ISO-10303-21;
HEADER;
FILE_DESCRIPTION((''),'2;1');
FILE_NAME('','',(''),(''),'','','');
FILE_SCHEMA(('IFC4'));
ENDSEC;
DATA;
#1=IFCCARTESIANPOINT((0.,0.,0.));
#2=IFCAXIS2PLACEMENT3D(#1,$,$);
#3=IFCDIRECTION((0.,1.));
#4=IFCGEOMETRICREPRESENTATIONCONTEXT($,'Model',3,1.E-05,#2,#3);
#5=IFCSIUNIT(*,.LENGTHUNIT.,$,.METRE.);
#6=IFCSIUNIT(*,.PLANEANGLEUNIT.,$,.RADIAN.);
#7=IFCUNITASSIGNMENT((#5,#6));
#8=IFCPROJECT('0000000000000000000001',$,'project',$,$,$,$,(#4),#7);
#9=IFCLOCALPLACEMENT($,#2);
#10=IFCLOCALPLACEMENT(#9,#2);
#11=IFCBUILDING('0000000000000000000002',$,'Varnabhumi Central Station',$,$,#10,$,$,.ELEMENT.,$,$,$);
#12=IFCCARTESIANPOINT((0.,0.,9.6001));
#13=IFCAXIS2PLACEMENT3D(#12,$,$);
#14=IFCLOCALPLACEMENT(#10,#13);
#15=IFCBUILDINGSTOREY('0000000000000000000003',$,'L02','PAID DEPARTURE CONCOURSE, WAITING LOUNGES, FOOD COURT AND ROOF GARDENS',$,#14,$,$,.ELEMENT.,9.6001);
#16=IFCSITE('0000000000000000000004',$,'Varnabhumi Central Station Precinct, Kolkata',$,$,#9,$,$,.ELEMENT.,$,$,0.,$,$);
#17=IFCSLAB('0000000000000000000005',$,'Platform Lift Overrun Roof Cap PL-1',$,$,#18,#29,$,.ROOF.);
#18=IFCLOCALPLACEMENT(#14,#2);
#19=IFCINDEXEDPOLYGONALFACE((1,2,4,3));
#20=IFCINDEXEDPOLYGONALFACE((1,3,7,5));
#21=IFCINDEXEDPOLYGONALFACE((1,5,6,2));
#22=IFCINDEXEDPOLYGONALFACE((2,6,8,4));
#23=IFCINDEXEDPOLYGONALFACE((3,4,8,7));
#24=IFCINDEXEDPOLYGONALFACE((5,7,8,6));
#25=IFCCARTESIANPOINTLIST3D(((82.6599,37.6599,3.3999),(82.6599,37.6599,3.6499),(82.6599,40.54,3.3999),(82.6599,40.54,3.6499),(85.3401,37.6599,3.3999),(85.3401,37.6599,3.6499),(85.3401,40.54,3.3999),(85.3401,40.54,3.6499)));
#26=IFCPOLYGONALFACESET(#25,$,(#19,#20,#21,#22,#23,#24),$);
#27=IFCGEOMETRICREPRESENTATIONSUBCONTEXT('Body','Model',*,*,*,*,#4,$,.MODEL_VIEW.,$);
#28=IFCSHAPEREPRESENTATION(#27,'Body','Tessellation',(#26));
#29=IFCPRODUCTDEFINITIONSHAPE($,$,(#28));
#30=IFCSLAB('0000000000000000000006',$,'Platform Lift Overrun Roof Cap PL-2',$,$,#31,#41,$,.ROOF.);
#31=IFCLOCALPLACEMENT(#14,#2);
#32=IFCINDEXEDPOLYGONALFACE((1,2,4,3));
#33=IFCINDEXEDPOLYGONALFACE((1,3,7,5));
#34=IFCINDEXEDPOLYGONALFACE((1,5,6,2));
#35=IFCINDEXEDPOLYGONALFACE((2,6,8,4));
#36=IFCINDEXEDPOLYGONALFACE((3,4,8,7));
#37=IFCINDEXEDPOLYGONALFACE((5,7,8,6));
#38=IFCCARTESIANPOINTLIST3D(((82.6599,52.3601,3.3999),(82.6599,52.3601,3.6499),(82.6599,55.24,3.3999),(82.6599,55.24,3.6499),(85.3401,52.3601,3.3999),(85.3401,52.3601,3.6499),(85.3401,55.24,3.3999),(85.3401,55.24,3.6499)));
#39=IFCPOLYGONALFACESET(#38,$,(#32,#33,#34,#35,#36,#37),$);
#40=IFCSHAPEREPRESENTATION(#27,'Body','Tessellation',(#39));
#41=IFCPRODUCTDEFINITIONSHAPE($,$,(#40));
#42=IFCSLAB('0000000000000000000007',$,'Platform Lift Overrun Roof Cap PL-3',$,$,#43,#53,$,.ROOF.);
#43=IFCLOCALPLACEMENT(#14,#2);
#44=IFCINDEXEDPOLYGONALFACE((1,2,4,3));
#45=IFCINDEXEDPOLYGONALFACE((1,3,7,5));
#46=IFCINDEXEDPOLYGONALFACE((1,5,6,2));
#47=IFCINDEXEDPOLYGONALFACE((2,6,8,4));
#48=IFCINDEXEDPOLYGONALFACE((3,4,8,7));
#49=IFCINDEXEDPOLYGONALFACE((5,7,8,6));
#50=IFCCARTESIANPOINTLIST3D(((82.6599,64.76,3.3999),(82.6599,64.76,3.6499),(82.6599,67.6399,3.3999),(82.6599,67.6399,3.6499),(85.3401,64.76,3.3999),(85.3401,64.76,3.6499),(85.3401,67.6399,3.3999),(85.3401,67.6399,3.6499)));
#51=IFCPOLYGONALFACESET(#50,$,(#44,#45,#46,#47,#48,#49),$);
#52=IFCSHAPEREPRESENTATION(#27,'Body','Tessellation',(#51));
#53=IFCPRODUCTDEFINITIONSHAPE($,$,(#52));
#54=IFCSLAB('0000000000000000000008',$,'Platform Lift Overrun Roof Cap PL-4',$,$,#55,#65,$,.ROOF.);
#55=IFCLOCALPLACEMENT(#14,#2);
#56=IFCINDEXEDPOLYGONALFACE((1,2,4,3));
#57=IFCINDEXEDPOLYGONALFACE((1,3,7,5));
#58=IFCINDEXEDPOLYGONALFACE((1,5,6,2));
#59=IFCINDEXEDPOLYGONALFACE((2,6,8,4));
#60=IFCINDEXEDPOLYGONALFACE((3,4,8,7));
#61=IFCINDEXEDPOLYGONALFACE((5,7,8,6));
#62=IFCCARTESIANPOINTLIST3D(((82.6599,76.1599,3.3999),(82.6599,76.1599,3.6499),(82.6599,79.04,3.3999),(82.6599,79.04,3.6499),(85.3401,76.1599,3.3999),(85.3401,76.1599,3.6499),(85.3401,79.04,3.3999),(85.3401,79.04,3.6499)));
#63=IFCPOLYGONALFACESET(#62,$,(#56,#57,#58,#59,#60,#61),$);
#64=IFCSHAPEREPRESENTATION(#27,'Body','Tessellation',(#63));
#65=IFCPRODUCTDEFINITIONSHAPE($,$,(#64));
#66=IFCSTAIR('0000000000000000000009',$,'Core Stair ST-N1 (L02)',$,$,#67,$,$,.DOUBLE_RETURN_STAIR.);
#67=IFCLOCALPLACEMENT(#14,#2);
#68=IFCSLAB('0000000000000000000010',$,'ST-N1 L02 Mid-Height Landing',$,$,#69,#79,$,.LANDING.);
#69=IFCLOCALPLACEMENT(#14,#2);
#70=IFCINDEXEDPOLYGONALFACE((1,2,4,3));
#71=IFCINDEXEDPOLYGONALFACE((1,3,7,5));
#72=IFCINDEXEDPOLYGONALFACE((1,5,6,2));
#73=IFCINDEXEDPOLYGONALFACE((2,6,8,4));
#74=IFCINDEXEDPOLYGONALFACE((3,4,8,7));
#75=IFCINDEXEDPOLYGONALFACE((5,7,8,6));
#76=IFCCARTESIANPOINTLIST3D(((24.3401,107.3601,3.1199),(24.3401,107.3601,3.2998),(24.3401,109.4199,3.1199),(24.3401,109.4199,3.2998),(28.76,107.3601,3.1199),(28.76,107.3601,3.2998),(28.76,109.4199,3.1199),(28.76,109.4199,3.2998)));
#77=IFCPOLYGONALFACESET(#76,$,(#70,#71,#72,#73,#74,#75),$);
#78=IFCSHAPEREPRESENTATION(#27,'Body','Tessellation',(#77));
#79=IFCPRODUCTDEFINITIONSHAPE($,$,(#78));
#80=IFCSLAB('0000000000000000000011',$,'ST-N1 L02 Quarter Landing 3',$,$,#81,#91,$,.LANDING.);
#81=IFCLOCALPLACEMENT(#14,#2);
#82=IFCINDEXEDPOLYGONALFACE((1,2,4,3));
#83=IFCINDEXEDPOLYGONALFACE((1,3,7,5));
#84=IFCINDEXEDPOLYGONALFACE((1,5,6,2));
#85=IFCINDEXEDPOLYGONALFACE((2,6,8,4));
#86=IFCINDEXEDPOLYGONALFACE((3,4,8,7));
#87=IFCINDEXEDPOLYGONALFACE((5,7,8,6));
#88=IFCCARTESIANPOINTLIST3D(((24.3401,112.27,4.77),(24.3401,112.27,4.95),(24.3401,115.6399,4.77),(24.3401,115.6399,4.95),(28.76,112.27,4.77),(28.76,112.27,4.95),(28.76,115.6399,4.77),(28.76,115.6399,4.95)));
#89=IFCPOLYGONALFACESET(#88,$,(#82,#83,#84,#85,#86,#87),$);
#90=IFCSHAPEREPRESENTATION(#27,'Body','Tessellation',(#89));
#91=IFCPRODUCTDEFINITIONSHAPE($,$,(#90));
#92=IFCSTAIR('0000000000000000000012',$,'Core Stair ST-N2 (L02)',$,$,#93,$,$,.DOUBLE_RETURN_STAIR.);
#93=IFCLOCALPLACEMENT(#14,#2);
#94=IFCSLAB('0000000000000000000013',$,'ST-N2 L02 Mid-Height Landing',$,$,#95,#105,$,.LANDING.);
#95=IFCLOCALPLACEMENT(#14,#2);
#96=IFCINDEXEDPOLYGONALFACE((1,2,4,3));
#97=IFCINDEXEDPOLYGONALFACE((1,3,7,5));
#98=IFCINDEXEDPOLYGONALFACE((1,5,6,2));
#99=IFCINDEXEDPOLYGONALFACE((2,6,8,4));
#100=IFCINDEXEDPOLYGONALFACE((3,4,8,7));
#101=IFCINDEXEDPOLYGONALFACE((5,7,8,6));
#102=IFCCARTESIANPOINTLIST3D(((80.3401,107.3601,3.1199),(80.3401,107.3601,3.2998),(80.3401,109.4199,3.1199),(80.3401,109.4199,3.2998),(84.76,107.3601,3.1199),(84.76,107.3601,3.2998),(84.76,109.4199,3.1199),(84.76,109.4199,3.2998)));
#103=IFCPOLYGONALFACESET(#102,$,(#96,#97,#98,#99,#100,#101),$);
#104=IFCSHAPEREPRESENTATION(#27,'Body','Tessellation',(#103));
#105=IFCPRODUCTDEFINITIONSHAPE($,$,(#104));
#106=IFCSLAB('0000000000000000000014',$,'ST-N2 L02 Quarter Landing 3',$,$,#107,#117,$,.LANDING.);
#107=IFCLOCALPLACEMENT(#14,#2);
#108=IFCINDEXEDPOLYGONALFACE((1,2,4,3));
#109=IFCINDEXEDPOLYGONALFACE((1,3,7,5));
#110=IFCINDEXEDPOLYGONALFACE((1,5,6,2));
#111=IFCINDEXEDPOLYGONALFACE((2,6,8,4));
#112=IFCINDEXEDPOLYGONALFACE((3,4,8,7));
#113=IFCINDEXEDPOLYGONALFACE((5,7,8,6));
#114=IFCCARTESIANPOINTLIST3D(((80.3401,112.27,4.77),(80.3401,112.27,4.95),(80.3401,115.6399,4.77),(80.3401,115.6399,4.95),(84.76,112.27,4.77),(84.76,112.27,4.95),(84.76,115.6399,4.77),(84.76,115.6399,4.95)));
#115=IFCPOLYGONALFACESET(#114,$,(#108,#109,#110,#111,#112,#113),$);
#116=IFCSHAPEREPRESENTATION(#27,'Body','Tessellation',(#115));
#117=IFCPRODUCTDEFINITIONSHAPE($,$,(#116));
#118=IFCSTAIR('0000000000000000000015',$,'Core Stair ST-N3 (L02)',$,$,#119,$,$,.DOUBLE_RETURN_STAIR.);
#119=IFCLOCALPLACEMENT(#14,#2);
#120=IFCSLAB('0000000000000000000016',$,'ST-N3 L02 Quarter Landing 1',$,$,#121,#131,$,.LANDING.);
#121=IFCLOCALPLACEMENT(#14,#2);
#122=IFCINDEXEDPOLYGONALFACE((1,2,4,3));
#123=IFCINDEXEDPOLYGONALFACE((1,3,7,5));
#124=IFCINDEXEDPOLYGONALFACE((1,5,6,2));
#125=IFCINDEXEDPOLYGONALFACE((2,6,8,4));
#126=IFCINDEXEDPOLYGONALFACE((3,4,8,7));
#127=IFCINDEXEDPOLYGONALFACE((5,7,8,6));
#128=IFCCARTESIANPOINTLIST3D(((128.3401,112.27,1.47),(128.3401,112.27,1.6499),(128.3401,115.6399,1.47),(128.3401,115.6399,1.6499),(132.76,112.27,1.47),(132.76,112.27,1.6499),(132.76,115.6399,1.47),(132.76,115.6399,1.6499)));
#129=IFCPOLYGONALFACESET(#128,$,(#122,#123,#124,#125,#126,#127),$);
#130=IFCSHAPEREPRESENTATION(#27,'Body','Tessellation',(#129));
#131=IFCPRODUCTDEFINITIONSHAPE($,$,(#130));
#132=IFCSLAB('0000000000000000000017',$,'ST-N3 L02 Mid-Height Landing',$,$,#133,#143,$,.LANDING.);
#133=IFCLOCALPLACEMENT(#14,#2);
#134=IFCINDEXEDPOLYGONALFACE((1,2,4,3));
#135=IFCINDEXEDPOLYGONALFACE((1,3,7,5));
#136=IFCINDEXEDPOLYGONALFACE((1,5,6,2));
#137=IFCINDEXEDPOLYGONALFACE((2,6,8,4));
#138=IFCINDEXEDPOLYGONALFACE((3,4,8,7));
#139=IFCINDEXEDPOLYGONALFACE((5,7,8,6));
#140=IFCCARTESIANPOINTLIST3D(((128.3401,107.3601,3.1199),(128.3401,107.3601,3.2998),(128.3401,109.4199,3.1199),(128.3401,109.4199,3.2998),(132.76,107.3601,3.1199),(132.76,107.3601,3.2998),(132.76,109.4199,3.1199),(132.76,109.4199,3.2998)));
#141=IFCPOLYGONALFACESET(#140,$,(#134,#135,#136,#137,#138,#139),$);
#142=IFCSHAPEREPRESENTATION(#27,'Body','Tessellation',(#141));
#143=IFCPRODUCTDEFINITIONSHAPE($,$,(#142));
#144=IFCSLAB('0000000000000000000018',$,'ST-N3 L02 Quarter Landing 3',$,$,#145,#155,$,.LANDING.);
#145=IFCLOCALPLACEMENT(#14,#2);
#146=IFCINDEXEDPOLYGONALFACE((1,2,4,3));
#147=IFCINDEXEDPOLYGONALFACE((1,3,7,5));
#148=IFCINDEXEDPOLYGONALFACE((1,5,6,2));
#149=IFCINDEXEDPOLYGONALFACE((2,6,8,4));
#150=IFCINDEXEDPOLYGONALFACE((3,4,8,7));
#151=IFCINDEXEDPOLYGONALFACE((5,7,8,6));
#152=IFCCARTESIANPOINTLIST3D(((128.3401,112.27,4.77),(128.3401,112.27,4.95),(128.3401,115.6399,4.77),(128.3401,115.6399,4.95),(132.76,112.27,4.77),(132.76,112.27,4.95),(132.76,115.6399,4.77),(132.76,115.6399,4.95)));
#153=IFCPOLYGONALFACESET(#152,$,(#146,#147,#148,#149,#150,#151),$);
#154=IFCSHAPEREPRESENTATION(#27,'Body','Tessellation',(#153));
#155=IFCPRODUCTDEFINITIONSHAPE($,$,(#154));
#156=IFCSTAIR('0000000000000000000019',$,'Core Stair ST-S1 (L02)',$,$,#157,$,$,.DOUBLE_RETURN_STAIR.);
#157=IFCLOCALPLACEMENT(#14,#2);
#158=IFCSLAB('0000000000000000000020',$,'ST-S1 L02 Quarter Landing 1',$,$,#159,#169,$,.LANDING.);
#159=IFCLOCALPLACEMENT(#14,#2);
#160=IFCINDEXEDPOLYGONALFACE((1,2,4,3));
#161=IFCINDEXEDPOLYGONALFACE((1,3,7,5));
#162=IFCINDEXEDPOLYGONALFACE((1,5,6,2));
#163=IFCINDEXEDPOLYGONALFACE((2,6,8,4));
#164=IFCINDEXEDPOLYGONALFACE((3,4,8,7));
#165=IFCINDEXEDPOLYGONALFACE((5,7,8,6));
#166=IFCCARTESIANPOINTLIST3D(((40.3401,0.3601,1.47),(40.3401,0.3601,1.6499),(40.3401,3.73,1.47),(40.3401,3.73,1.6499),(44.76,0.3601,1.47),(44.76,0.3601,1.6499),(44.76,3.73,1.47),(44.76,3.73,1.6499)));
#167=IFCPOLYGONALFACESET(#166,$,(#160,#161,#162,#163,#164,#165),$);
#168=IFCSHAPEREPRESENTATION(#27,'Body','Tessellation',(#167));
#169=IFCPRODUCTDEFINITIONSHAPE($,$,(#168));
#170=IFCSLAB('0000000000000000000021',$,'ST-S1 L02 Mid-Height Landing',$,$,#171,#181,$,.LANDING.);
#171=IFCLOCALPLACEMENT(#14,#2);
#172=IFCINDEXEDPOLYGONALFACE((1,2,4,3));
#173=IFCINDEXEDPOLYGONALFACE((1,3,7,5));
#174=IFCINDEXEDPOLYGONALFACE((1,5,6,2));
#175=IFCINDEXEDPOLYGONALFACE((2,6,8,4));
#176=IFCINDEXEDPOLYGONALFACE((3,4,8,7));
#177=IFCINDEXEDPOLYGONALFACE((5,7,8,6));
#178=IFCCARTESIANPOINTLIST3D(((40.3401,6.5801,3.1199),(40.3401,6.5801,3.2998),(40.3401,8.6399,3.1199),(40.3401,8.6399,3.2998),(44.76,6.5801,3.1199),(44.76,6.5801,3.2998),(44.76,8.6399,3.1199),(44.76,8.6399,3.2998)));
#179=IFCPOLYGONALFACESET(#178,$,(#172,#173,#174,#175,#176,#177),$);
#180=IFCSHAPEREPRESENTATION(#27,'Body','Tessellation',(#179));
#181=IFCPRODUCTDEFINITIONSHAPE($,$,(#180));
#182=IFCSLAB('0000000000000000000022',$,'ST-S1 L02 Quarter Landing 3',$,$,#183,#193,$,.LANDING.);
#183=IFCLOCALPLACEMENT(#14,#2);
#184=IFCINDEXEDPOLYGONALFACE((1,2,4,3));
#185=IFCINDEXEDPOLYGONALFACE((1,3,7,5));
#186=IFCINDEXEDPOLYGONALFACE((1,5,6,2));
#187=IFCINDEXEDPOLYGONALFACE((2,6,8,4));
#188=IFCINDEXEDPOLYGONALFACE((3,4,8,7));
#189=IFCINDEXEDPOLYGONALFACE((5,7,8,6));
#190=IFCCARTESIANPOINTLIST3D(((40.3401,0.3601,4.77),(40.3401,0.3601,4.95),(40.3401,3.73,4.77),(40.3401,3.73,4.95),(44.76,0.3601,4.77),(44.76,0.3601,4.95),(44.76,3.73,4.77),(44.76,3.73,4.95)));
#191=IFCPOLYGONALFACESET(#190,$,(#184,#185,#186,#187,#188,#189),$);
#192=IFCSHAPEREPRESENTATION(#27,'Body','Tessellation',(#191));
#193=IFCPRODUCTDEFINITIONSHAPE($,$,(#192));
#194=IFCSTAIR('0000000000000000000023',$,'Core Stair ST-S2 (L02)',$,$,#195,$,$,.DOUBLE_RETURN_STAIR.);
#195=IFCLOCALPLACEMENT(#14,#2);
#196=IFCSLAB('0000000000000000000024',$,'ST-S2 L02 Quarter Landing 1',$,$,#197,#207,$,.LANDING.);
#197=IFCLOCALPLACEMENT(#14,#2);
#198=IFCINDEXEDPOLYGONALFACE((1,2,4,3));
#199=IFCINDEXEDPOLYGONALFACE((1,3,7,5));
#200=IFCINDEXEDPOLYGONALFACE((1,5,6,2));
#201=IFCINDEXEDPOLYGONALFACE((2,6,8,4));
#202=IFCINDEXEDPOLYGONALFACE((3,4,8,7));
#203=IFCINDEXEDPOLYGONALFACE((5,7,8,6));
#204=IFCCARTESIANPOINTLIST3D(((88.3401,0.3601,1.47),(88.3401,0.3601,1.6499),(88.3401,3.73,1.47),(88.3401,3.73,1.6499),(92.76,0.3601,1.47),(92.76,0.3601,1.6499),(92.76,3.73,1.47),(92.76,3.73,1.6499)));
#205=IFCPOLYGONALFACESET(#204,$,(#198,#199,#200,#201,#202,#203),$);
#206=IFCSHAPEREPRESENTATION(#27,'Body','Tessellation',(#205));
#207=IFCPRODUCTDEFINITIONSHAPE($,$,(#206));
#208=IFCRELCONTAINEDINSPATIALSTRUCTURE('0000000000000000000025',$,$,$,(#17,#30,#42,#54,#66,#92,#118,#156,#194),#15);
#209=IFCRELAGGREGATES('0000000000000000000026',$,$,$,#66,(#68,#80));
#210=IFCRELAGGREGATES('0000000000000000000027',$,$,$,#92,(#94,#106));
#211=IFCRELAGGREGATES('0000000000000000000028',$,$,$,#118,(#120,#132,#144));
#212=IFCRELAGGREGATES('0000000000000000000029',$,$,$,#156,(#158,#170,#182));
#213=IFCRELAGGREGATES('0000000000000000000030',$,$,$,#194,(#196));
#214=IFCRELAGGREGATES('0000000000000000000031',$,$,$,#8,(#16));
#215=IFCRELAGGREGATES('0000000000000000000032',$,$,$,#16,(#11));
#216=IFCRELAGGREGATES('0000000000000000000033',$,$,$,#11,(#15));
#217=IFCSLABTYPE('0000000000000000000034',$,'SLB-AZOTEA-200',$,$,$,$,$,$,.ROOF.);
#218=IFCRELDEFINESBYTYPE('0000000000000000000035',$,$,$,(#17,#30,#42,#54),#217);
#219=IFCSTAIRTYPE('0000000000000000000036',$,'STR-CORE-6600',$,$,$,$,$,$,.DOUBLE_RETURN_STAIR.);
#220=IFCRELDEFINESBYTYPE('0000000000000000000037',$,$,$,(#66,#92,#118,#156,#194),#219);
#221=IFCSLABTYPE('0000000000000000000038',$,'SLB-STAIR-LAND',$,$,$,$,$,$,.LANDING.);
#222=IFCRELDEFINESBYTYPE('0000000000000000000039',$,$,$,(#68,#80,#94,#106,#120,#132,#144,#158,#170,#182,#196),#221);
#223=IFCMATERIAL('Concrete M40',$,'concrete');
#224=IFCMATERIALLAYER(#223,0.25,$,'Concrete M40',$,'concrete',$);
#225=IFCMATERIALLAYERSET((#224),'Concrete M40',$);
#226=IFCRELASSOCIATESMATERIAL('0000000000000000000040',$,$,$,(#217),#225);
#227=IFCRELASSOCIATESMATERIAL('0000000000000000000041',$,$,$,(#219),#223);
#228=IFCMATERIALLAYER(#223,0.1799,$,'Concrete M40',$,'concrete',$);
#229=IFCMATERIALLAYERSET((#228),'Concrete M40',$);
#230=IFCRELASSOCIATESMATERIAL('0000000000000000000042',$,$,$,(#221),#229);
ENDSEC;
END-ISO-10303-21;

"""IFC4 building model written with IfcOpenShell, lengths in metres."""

from ifc_helpers import new_model, si_unit, direction, frame, origin, place, context, subcontext, project, spatial, polyline, outline, extrude, material, layer, layer_set, type_object, element, aggregate, save


model = new_model("IFC4")

# Units and contexts
model_context = context("Model", 3, precision=1e-05, world=origin(), true_north=direction((0.0, 1.0)))
body_context = subcontext(model_context, "Body", "Model", "MODEL_VIEW")
ifc_project = project(units=[si_unit("LENGTHUNIT", "METRE"), si_unit("PLANEANGLEUNIT", "RADIAN")], contexts=[model_context])

# Site, building, storey
site_placement = place(None, origin())
site = spatial("IfcSite", under=ifc_project, at=site_placement, Name="Varnabhumi Central Station Precinct, Kolkata", CompositionType="ELEMENT", RefElevation=0.0)
building_placement = place(site_placement, origin())
building = spatial("IfcBuilding", under=site, at=building_placement, Name="Varnabhumi Central Station", CompositionType="ELEMENT")
storey_placement = place(building_placement, frame((0.0, 0.0, 9.6001)))
storey = spatial("IfcBuildingStorey", under=building, at=storey_placement, Name="L02", Description="PAID DEPARTURE CONCOURSE, WAITING LOUNGES, FOOD COURT AND ROOF GARDENS", CompositionType="ELEMENT", Elevation=9.6001)

# Slabs
ifc_material = material(Name="Concrete M40", Category="concrete")
ifc_layer_1 = layer(ifc_material, 0.25, Name="Concrete M40", Category="concrete")
ifc_layer_set_1 = layer_set([ifc_layer_1], Name="Concrete M40")
slab_type_1 = type_object("IfcSlabType", Name="SLB-AZOTEA-200", PredefinedType="ROOF", material=ifc_layer_set_1)
slab_1_placement = place(storey_placement, frame((0.0, 0.0, 3.3999)))
element("IfcSlab", 1, at=slab_1_placement, inside=storey, type_object=slab_type_1, Name="Platform Lift Overrun Roof Cap PL-1", PredefinedType="ROOF", context=body_context, shape_type="SweptSolid", body=[
    extrude(outline(polyline([(82.6599, 37.6599), (85.3401, 37.6599), (85.3401, 40.54), (82.6599, 40.54), (82.6599, 37.6599)])), origin(), (0.0, 0.0, 1.0), 0.25),
])
slab_2_placement = place(storey_placement, frame((0.0, 0.0, 3.3999)))
element("IfcSlab", 2, at=slab_2_placement, inside=storey, type_object=slab_type_1, Name="Platform Lift Overrun Roof Cap PL-2", PredefinedType="ROOF", context=body_context, shape_type="SweptSolid", body=[
    extrude(outline(polyline([(82.6599, 52.3601), (85.3401, 52.3601), (85.3401, 55.24), (82.6599, 55.24), (82.6599, 52.3601)])), origin(), (0.0, 0.0, 1.0), 0.25),
])
slab_3_placement = place(storey_placement, frame((0.0, 0.0, 3.3999)))
element("IfcSlab", 3, at=slab_3_placement, inside=storey, type_object=slab_type_1, Name="Platform Lift Overrun Roof Cap PL-3", PredefinedType="ROOF", context=body_context, shape_type="SweptSolid", body=[
    extrude(outline(polyline([(82.6599, 64.76), (85.3401, 64.76), (85.3401, 67.6399), (82.6599, 67.6399), (82.6599, 64.76)])), origin(), (0.0, 0.0, 1.0), 0.25),
])
slab_4_placement = place(storey_placement, frame((0.0, 0.0, 3.3999)))
element("IfcSlab", 4, at=slab_4_placement, inside=storey, type_object=slab_type_1, Name="Platform Lift Overrun Roof Cap PL-4", PredefinedType="ROOF", context=body_context, shape_type="SweptSolid", body=[
    extrude(outline(polyline([(82.6599, 76.1599), (85.3401, 76.1599), (85.3401, 79.04), (82.6599, 79.04), (82.6599, 76.1599)])), origin(), (0.0, 0.0, 1.0), 0.25),
])

# Stairs, slabs
stair_type = type_object("IfcStairType", Name="STR-CORE-6600", PredefinedType="DOUBLE_RETURN_STAIR", material=ifc_material)
stair_1_placement = place(storey_placement, origin())
stair_1 = element("IfcStair", 5, at=stair_1_placement, inside=storey, type_object=stair_type, Name="Core Stair ST-N1 (L02)", PredefinedType="DOUBLE_RETURN_STAIR")
ifc_layer_2 = layer(ifc_material, 0.1799, Name="Concrete M40", Category="concrete")
ifc_layer_set_2 = layer_set([ifc_layer_2], Name="Concrete M40")
slab_type_2 = type_object("IfcSlabType", Name="SLB-STAIR-LAND", PredefinedType="LANDING", material=ifc_layer_set_2)
slab_5_placement = place(storey_placement, frame((0.0, 0.0, 3.1199)))
slab_5 = element("IfcSlab", 6, at=slab_5_placement, type_object=slab_type_2, Name="ST-N1 L02 Mid-Height Landing", PredefinedType="LANDING", context=body_context, shape_type="SweptSolid", body=[
    extrude(outline(polyline([(24.3401, 107.3601), (28.76, 107.3601), (28.76, 109.4199), (24.3401, 109.4199), (24.3401, 107.3601)])), origin(), (0.0, 0.0, 1.0), 0.1799),
])
slab_6_placement = place(storey_placement, frame((0.0, 0.0, 4.77)))
slab_6 = element("IfcSlab", 7, at=slab_6_placement, type_object=slab_type_2, Name="ST-N1 L02 Quarter Landing 3", PredefinedType="LANDING", context=body_context, shape_type="SweptSolid", body=[
    extrude(outline(polyline([(24.3401, 112.27), (28.76, 112.27), (28.76, 115.6399), (24.3401, 115.6399), (24.3401, 112.27)])), origin(), (0.0, 0.0, 1.0), 0.1799),
])
aggregate(stair_1, [slab_5, slab_6])
stair_2_placement = place(storey_placement, origin())
stair_2 = element("IfcStair", 8, at=stair_2_placement, inside=storey, type_object=stair_type, Name="Core Stair ST-N2 (L02)", PredefinedType="DOUBLE_RETURN_STAIR")
slab_7_placement = place(storey_placement, frame((0.0, 0.0, 3.1199)))
slab_7 = element("IfcSlab", 9, at=slab_7_placement, type_object=slab_type_2, Name="ST-N2 L02 Mid-Height Landing", PredefinedType="LANDING", context=body_context, shape_type="SweptSolid", body=[
    extrude(outline(polyline([(80.3401, 107.3601), (84.76, 107.3601), (84.76, 109.4199), (80.3401, 109.4199), (80.3401, 107.3601)])), origin(), (0.0, 0.0, 1.0), 0.1799),
])
slab_8_placement = place(storey_placement, frame((0.0, 0.0, 4.77)))
slab_8 = element("IfcSlab", 10, at=slab_8_placement, type_object=slab_type_2, Name="ST-N2 L02 Quarter Landing 3", PredefinedType="LANDING", context=body_context, shape_type="SweptSolid", body=[
    extrude(outline(polyline([(80.3401, 112.27), (84.76, 112.27), (84.76, 115.6399), (80.3401, 115.6399), (80.3401, 112.27)])), origin(), (0.0, 0.0, 1.0), 0.1799),
])
aggregate(stair_2, [slab_7, slab_8])
stair_3_placement = place(storey_placement, origin())
stair_3 = element("IfcStair", 11, at=stair_3_placement, inside=storey, type_object=stair_type, Name="Core Stair ST-N3 (L02)", PredefinedType="DOUBLE_RETURN_STAIR")
slab_9_placement = place(storey_placement, frame((0.0, 0.0, 1.47)))
slab_9 = element("IfcSlab", 12, at=slab_9_placement, type_object=slab_type_2, Name="ST-N3 L02 Quarter Landing 1", PredefinedType="LANDING", context=body_context, shape_type="SweptSolid", body=[
    extrude(outline(polyline([(128.3401, 112.27), (132.76, 112.27), (132.76, 115.6399), (128.3401, 115.6399), (128.3401, 112.27)])), origin(), (0.0, 0.0, 1.0), 0.1799),
])
slab_10_placement = place(storey_placement, frame((0.0, 0.0, 3.1199)))
slab_10 = element("IfcSlab", 13, at=slab_10_placement, type_object=slab_type_2, Name="ST-N3 L02 Mid-Height Landing", PredefinedType="LANDING", context=body_context, shape_type="SweptSolid", body=[
    extrude(outline(polyline([(128.3401, 107.3601), (132.76, 107.3601), (132.76, 109.4199), (128.3401, 109.4199), (128.3401, 107.3601)])), origin(), (0.0, 0.0, 1.0), 0.1799),
])
slab_11_placement = place(storey_placement, frame((0.0, 0.0, 4.77)))
slab_11 = element("IfcSlab", 14, at=slab_11_placement, type_object=slab_type_2, Name="ST-N3 L02 Quarter Landing 3", PredefinedType="LANDING", context=body_context, shape_type="SweptSolid", body=[
    extrude(outline(polyline([(128.3401, 112.27), (132.76, 112.27), (132.76, 115.6399), (128.3401, 115.6399), (128.3401, 112.27)])), origin(), (0.0, 0.0, 1.0), 0.1799),
])
aggregate(stair_3, [slab_9, slab_10, slab_11])
stair_4_placement = place(storey_placement, origin())
stair_4 = element("IfcStair", 15, at=stair_4_placement, inside=storey, type_object=stair_type, Name="Core Stair ST-S1 (L02)", PredefinedType="DOUBLE_RETURN_STAIR")
slab_12_placement = place(storey_placement, frame((0.0, 0.0, 1.47)))
slab_12 = element("IfcSlab", 16, at=slab_12_placement, type_object=slab_type_2, Name="ST-S1 L02 Quarter Landing 1", PredefinedType="LANDING", context=body_context, shape_type="SweptSolid", body=[
    extrude(outline(polyline([(40.3401, 0.3601), (44.76, 0.3601), (44.76, 3.73), (40.3401, 3.73), (40.3401, 0.3601)])), origin(), (0.0, 0.0, 1.0), 0.1799),
])
slab_13_placement = place(storey_placement, frame((0.0, 0.0, 3.1199)))
slab_13 = element("IfcSlab", 17, at=slab_13_placement, type_object=slab_type_2, Name="ST-S1 L02 Mid-Height Landing", PredefinedType="LANDING", context=body_context, shape_type="SweptSolid", body=[
    extrude(outline(polyline([(40.3401, 6.5801), (44.76, 6.5801), (44.76, 8.6399), (40.3401, 8.6399), (40.3401, 6.5801)])), origin(), (0.0, 0.0, 1.0), 0.1799),
])
slab_14_placement = place(storey_placement, frame((0.0, 0.0, 4.77)))
slab_14 = element("IfcSlab", 18, at=slab_14_placement, type_object=slab_type_2, Name="ST-S1 L02 Quarter Landing 3", PredefinedType="LANDING", context=body_context, shape_type="SweptSolid", body=[
    extrude(outline(polyline([(40.3401, 0.3601), (44.76, 0.3601), (44.76, 3.73), (40.3401, 3.73), (40.3401, 0.3601)])), origin(), (0.0, 0.0, 1.0), 0.1799),
])
aggregate(stair_4, [slab_12, slab_13, slab_14])
stair_5_placement = place(storey_placement, origin())
stair_5 = element("IfcStair", 19, at=stair_5_placement, inside=storey, type_object=stair_type, Name="Core Stair ST-S2 (L02)", PredefinedType="DOUBLE_RETURN_STAIR")
slab_15_placement = place(storey_placement, frame((0.0, 0.0, 1.47)))
slab_15 = element("IfcSlab", 20, at=slab_15_placement, type_object=slab_type_2, Name="ST-S2 L02 Quarter Landing 1", PredefinedType="LANDING", context=body_context, shape_type="SweptSolid", body=[
    extrude(outline(polyline([(88.3401, 0.3601), (92.76, 0.3601), (92.76, 3.73), (88.3401, 3.73), (88.3401, 0.3601)])), origin(), (0.0, 0.0, 1.0), 0.1799),
])
aggregate(stair_5, [slab_15])

save(model, "model.ifc")
